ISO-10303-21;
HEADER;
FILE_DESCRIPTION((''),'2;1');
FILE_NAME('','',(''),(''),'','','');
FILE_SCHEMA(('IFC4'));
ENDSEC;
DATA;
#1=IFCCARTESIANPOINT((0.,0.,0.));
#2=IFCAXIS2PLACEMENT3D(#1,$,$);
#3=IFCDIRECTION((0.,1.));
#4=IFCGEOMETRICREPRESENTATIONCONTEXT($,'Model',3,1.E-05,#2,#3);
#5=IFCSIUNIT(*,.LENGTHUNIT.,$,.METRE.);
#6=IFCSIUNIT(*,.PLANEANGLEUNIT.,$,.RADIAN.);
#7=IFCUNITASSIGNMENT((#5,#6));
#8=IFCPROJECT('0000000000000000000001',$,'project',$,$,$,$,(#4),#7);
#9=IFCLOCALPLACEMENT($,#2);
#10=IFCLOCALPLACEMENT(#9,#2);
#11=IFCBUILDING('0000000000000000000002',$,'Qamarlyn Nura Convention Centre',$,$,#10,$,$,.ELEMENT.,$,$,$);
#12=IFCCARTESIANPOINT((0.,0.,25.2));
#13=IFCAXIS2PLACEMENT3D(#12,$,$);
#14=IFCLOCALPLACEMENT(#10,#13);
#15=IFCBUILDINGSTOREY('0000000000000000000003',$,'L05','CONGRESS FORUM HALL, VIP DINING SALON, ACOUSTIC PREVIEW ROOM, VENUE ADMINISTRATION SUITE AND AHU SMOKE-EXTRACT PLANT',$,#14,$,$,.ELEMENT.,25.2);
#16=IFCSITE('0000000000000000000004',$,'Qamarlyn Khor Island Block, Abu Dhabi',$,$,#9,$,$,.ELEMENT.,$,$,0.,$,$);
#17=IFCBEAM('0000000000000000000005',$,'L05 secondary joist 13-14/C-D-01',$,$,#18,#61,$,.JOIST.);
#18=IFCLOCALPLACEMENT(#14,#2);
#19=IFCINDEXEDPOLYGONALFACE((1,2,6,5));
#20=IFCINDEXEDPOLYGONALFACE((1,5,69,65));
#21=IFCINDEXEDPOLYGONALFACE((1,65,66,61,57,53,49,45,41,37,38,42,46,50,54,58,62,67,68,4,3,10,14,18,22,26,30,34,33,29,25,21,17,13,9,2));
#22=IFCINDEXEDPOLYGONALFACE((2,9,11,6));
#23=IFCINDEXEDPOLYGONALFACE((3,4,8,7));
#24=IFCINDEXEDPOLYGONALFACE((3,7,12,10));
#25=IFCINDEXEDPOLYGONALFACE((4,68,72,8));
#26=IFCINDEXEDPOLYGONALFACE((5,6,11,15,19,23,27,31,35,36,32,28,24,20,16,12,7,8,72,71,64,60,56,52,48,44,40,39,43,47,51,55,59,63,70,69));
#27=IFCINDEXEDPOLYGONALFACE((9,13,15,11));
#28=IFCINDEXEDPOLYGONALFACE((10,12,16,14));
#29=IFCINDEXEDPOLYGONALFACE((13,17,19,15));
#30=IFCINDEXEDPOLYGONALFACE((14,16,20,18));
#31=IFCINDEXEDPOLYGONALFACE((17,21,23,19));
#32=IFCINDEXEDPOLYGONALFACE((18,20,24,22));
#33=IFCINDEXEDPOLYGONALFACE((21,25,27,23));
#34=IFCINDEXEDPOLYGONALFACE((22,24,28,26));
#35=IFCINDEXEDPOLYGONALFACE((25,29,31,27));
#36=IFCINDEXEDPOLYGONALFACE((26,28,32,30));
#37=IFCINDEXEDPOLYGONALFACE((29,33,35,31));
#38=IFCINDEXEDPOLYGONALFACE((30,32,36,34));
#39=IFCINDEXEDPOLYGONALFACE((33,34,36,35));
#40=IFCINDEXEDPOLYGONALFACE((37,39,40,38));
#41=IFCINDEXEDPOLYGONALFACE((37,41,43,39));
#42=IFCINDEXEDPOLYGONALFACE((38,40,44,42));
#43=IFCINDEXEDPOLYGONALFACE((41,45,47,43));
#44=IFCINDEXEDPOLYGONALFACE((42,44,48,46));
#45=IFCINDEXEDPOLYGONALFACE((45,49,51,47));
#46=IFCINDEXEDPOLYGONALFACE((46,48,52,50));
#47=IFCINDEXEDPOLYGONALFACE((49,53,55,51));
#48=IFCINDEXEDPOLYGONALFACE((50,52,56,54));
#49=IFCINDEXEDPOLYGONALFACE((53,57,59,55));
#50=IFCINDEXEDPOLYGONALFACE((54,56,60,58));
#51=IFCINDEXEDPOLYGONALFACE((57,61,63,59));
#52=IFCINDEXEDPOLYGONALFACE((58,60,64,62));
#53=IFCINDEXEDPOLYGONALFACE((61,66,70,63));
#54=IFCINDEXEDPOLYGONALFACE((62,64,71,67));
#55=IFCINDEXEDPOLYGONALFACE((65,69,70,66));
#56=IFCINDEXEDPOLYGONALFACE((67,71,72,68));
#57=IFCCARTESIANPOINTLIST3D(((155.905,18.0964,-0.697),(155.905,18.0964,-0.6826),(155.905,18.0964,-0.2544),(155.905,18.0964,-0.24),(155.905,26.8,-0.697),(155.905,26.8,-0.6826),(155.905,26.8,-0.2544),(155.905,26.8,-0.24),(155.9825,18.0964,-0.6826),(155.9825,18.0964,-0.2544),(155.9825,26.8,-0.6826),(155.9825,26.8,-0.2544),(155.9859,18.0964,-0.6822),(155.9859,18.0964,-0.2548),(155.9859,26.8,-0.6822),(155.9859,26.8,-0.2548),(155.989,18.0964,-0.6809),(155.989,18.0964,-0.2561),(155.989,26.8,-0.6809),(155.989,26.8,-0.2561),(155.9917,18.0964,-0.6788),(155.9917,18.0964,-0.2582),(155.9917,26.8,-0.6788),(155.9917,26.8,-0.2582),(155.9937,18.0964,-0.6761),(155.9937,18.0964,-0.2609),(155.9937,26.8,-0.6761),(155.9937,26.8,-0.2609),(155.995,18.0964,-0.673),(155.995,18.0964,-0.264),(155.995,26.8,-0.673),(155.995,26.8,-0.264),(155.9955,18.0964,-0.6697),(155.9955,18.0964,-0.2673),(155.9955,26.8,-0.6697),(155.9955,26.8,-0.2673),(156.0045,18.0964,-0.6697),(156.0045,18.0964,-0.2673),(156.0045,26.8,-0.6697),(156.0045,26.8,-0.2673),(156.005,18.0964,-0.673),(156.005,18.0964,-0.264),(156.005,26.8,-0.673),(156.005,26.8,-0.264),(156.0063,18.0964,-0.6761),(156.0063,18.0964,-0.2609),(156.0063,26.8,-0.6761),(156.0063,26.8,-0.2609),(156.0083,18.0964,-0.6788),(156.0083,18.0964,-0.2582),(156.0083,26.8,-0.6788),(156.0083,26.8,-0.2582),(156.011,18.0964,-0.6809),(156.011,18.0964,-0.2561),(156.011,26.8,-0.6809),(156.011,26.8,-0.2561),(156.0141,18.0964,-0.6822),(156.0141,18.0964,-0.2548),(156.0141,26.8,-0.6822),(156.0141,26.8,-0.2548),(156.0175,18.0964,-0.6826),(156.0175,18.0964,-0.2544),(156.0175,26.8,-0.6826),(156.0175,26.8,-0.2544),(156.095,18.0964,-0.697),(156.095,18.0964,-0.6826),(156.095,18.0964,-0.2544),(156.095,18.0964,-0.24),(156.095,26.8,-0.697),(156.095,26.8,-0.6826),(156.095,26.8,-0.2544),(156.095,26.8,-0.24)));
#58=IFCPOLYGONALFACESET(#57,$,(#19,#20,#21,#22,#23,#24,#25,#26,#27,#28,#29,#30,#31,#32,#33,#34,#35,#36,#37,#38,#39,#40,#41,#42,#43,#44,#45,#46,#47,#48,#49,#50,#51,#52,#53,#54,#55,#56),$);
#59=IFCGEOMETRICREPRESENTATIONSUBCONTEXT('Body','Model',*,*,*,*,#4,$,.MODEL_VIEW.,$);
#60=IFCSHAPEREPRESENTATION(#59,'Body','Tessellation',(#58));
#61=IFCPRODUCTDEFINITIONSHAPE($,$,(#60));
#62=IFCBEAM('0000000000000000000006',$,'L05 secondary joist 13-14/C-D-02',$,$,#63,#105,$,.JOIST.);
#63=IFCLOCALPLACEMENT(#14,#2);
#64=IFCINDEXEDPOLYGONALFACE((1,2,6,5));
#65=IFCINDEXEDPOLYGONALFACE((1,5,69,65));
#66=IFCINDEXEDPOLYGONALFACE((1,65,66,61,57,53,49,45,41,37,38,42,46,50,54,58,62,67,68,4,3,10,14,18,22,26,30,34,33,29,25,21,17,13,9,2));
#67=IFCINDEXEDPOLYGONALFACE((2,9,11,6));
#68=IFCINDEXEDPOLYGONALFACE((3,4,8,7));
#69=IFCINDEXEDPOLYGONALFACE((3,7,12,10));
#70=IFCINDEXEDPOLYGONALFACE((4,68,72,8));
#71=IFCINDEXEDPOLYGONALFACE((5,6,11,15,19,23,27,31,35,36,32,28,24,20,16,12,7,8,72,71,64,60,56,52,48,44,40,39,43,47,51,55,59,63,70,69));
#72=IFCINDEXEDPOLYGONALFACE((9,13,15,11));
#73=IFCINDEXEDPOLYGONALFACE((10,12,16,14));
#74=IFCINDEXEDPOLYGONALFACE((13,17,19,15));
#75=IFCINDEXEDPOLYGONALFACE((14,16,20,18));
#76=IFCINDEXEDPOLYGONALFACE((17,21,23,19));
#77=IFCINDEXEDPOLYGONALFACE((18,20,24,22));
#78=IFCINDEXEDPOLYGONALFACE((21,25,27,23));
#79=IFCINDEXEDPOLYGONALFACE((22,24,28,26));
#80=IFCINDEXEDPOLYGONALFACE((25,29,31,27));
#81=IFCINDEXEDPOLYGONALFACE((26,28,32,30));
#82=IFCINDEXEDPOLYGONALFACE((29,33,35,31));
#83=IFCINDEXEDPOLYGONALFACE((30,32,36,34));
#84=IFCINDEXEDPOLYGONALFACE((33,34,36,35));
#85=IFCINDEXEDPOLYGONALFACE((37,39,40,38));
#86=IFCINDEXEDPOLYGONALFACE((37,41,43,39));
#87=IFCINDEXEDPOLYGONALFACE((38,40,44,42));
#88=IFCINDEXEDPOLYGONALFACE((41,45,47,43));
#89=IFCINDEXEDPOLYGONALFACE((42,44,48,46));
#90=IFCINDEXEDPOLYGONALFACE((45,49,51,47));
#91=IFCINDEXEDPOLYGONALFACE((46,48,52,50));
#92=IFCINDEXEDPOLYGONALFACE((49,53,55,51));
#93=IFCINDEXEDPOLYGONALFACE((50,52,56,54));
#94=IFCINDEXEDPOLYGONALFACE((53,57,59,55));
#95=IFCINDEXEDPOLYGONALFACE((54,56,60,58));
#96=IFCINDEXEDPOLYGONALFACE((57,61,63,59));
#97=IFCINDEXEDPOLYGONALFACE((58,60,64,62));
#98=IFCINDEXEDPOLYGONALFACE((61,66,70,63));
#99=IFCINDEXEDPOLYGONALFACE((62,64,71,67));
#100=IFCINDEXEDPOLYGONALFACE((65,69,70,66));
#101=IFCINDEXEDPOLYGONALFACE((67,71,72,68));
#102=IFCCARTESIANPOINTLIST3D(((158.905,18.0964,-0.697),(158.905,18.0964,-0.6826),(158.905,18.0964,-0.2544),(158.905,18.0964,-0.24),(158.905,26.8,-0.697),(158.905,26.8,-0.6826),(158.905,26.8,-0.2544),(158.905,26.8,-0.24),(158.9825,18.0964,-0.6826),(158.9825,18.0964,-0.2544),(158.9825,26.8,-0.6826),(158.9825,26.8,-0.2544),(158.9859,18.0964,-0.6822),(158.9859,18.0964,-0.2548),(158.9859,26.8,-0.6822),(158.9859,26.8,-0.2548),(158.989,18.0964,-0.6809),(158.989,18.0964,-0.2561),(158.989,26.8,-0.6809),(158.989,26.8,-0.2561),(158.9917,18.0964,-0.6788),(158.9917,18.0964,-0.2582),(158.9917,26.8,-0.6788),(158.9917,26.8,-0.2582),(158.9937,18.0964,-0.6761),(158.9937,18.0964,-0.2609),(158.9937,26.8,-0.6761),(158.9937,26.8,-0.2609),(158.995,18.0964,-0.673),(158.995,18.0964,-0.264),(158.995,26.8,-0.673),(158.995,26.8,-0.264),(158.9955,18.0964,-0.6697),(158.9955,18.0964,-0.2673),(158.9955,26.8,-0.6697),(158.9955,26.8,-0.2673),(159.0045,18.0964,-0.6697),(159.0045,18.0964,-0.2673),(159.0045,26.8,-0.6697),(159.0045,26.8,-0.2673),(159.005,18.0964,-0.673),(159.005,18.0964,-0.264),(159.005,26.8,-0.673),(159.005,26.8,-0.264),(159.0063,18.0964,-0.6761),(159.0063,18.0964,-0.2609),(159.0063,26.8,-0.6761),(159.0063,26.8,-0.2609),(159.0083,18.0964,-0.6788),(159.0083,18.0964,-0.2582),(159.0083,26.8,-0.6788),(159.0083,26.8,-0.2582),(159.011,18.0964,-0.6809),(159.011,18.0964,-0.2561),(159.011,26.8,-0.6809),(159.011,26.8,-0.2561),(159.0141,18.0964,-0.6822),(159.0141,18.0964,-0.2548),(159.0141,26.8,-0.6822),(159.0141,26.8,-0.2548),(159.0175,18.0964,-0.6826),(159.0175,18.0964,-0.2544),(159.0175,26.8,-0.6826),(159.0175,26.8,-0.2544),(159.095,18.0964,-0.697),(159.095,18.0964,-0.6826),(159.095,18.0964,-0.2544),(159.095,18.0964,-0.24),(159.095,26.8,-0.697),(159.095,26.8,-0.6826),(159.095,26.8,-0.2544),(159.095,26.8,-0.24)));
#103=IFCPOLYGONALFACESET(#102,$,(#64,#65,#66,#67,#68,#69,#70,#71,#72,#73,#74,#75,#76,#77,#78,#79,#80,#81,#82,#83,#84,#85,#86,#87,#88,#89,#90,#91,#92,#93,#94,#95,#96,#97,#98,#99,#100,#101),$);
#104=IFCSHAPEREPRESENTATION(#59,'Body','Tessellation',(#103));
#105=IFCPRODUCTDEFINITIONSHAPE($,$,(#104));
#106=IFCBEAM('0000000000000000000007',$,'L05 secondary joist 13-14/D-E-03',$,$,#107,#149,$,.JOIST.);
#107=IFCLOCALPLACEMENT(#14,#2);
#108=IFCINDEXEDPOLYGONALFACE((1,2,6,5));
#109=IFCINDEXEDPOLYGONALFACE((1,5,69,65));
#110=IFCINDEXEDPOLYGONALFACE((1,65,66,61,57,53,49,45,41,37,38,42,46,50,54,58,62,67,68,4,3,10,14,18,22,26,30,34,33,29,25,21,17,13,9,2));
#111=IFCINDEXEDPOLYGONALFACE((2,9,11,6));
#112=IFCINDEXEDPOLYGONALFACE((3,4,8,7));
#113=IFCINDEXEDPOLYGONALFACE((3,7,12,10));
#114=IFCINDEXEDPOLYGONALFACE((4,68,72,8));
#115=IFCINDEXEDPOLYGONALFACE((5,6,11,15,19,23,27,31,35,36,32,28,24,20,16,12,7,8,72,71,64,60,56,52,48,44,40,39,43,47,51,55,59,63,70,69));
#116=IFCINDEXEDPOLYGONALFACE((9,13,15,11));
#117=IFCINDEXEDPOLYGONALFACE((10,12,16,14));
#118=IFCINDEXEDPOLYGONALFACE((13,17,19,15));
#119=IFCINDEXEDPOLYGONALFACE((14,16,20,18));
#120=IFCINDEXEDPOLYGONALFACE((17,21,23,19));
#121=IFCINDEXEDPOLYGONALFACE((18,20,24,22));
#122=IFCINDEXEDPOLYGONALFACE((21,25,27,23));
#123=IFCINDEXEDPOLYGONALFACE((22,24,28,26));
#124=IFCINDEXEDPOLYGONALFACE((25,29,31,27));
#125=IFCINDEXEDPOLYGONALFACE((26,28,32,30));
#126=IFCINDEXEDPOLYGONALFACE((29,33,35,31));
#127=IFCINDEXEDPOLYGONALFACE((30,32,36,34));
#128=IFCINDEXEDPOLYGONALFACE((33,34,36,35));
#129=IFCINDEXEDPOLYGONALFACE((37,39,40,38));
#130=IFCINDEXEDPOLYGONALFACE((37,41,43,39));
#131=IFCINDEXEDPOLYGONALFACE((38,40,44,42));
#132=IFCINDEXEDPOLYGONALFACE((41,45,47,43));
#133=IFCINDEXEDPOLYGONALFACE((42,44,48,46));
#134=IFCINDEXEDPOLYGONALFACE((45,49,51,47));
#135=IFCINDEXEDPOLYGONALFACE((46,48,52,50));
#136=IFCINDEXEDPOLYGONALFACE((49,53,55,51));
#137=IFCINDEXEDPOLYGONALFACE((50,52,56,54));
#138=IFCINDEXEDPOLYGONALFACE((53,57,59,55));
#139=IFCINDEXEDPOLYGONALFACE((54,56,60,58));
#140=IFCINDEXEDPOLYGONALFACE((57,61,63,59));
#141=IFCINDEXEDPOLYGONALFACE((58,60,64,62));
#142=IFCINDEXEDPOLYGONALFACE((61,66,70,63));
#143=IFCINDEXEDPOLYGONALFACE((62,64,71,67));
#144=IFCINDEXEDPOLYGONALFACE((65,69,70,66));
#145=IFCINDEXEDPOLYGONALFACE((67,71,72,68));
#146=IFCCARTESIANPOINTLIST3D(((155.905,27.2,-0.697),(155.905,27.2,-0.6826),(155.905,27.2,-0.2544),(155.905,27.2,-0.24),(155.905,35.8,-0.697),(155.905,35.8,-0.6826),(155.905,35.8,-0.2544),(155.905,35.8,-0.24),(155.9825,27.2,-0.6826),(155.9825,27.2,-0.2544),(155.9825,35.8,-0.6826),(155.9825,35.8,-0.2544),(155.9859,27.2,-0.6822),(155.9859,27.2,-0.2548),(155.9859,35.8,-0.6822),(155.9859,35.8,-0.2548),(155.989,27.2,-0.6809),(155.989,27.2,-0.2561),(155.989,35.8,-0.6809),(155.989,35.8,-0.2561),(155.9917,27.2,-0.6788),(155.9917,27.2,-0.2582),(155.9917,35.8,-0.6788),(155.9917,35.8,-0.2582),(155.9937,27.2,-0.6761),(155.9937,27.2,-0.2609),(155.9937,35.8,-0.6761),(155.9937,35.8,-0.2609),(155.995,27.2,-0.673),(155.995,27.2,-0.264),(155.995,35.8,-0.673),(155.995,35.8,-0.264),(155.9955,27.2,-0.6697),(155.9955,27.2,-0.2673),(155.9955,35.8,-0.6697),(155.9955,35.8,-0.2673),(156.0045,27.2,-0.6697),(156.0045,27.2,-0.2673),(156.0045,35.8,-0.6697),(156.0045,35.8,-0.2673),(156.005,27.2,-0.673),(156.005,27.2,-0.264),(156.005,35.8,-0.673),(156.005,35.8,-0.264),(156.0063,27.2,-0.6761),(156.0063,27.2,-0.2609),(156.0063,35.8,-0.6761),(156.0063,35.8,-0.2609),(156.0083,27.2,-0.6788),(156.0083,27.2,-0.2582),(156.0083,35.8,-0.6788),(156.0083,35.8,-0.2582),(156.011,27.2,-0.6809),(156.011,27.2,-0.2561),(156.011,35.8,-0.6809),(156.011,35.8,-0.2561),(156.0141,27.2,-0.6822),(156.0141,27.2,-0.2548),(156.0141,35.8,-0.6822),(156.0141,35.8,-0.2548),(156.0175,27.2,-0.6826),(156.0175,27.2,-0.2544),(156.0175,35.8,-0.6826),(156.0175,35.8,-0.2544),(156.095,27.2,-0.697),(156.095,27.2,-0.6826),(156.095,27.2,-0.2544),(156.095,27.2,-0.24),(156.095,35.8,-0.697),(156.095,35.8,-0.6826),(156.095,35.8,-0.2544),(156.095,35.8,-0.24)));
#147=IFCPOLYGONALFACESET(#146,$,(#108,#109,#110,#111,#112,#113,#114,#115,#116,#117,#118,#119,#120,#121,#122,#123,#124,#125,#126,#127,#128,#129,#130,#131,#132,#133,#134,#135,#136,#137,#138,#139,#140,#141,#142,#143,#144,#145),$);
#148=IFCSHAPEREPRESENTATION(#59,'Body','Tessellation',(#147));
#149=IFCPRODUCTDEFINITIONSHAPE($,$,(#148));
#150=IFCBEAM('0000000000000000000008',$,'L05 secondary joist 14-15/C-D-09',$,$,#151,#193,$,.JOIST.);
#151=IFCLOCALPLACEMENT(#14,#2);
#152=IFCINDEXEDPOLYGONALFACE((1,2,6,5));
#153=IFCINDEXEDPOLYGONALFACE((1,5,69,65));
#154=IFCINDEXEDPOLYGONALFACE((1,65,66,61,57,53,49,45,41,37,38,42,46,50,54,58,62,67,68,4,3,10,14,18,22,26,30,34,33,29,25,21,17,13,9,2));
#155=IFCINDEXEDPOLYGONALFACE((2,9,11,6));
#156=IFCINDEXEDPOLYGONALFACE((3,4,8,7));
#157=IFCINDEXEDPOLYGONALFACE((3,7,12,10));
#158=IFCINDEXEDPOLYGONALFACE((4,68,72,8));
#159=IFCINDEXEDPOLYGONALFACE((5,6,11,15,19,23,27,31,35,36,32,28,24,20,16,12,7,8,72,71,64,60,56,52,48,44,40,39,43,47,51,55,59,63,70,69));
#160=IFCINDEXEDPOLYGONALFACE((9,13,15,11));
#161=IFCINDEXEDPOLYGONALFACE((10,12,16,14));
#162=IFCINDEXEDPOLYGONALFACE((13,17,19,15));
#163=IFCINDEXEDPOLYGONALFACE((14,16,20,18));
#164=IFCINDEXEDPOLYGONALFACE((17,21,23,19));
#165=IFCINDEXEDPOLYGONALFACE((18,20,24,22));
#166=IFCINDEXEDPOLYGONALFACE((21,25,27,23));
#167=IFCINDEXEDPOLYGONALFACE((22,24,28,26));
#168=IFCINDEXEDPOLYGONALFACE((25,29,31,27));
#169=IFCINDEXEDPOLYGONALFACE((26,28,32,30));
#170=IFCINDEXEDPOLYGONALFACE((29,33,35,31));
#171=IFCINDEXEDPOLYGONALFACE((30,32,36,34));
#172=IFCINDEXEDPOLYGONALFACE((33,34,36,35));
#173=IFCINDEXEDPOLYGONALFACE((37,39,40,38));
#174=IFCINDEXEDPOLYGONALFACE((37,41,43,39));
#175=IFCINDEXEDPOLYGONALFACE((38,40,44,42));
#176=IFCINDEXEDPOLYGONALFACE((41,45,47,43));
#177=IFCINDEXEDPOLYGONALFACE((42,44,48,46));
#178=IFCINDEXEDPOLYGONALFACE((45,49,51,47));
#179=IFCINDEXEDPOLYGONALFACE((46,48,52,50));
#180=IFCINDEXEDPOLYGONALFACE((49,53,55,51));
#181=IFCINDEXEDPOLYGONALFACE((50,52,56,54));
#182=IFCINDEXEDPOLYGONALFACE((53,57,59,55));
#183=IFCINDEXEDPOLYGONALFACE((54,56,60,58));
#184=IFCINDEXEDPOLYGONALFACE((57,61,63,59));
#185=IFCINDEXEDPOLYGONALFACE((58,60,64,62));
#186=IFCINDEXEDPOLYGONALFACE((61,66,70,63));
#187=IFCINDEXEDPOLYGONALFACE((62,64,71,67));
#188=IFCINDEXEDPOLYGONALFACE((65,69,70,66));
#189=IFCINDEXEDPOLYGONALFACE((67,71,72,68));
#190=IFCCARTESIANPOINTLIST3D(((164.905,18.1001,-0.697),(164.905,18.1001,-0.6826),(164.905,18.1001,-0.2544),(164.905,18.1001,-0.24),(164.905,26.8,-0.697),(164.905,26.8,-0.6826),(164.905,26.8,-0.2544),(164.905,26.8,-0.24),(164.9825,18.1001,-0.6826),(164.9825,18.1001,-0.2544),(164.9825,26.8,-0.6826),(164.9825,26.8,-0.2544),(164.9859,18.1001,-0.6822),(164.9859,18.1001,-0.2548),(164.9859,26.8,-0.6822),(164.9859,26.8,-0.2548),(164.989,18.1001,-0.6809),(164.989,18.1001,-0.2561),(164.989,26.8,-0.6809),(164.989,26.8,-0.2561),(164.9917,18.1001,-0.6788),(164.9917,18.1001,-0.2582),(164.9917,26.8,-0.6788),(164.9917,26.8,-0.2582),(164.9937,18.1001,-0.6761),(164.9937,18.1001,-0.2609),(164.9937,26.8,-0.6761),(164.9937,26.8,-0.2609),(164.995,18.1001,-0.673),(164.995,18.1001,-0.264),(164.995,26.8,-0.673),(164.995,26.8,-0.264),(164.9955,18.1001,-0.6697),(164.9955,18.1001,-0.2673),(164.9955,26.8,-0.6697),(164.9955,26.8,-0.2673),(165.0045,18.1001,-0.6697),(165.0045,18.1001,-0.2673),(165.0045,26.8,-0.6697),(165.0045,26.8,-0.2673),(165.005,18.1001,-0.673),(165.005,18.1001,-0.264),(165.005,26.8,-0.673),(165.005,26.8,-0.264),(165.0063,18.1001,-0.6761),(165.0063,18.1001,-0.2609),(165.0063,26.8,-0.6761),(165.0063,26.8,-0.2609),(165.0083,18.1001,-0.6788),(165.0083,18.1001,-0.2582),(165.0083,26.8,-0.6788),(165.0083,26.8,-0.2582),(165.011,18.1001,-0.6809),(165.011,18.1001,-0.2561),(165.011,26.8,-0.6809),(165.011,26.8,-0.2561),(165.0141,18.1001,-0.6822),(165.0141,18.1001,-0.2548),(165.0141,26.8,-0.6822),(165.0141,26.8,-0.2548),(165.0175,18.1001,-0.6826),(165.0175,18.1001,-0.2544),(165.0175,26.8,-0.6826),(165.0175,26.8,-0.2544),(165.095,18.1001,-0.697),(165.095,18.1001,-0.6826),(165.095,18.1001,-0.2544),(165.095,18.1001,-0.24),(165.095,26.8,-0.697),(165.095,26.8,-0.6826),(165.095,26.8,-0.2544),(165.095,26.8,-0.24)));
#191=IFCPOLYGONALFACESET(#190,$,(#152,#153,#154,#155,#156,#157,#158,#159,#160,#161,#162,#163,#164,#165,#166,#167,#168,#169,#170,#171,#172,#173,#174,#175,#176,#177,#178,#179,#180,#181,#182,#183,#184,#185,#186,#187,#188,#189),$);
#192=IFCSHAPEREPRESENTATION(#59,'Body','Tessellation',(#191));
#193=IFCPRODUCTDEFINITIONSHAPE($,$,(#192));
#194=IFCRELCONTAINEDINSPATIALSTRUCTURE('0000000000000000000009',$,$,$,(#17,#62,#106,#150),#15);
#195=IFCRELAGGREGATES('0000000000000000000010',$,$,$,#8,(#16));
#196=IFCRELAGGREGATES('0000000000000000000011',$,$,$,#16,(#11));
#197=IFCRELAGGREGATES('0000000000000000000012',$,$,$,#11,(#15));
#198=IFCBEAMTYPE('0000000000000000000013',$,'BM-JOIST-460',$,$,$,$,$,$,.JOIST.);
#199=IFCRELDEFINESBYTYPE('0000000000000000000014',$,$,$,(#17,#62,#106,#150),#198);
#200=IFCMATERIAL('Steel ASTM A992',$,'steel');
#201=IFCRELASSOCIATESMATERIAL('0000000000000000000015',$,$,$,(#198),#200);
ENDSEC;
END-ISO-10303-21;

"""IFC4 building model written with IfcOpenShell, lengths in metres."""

from ifc_helpers import new_model, si_unit, direction, frame, origin, origin_2d, place, context, subcontext, project, spatial, i_section, extrude, material, material_profile, profile_set, type_object, element, save


model = new_model("IFC4")

# Units and contexts
model_context = context("Model", 3, precision=1e-05, world=origin(), true_north=direction((0.0, 1.0)))
body_context = subcontext(model_context, "Body", "Model", "MODEL_VIEW")
ifc_project = project(units=[si_unit("LENGTHUNIT", "METRE"), si_unit("PLANEANGLEUNIT", "RADIAN")], contexts=[model_context])

# Site, building, storey
site_placement = place(None, origin())
site = spatial("IfcSite", under=ifc_project, at=site_placement, Name="Qamarlyn Khor Island Block, Abu Dhabi", CompositionType="ELEMENT", RefElevation=0.0)
building_placement = place(site_placement, origin())
building = spatial("IfcBuilding", under=site, at=building_placement, Name="Qamarlyn Nura Convention Centre", CompositionType="ELEMENT")
storey_placement = place(building_placement, frame((0.0, 0.0, 25.2)))
storey = spatial("IfcBuildingStorey", under=building, at=storey_placement, Name="L05", Description="CONGRESS FORUM HALL, VIP DINING SALON, ACOUSTIC PREVIEW ROOM, VENUE ADMINISTRATION SUITE AND AHU SMOKE-EXTRACT PLANT", CompositionType="ELEMENT", Elevation=25.2)

# Shared definitions
ifc_material_1 = material(Name="Steel ASTM A992", Category="steel")

# Beams
ifc_material_profile_1 = material_profile(ifc_material_1, i_section(OverallWidth=0.1899, OverallDepth=0.457, WebThickness=0.009, FlangeThickness=0.0144, FilletRadius=0.0129, at=origin_2d()), Name="W460X74")
ifc_profile_set_1 = profile_set([ifc_material_profile_1], Name="Steel ASTM A992")
beam_type_1 = type_object("IfcBeamType", Name="BM-JOIST-460", PredefinedType="JOIST", material=ifc_profile_set_1)
for number, where, z_axis, x_axis, name in (
    (1, (156.0, 18.0964, -0.4685), (0.0, 1.0, 0.0), (-1.0, 0.0, 0.0), "L05 secondary joist 13-14/C-D-01"),
    (2, (159.0, 18.0964, -0.4685), (0.0, 1.0, 0.0), (-1.0, 0.0, 0.0), "L05 secondary joist 13-14/C-D-02"),
):
    element("IfcBeam", number, at=place(storey_placement, frame(where, z_axis=z_axis, x_axis=x_axis)), inside=storey, type_object=beam_type_1, Name=name, PredefinedType="JOIST", context=body_context, shape_type="SweptSolid", body=[
        extrude(i_section(OverallWidth=0.1899, OverallDepth=0.457, WebThickness=0.009, FlangeThickness=0.0144, FilletRadius=0.0129, at=origin_2d()), origin(), (0.0, 0.0, 1.0), 8.7036),
    ])
beam_1_placement = place(storey_placement, frame((156.0, 27.2, -0.4685), z_axis=(0.0, 1.0, 0.0), x_axis=(-1.0, 0.0, 0.0)))
element("IfcBeam", 3, at=beam_1_placement, inside=storey, type_object=beam_type_1, Name="L05 secondary joist 13-14/D-E-03", PredefinedType="JOIST", context=body_context, shape_type="SweptSolid", body=[
    extrude(i_section(OverallWidth=0.1899, OverallDepth=0.457, WebThickness=0.009, FlangeThickness=0.0144, FilletRadius=0.0129, at=origin_2d()), origin(), (0.0, 0.0, 1.0), 8.6001),
])
for number, where, z_axis, x_axis, name in (
    (4, (165.0, 18.1001, -0.4685), (0.0, 1.0, 0.0), (-1.0, 0.0, 0.0), "L05 secondary joist 14-15/C-D-09"),
):
    element("IfcBeam", number, at=place(storey_placement, frame(where, z_axis=z_axis, x_axis=x_axis)), inside=storey, type_object=beam_type_1, Name=name, PredefinedType="JOIST", context=body_context, shape_type="SweptSolid", body=[
        extrude(i_section(OverallWidth=0.1899, OverallDepth=0.457, WebThickness=0.009, FlangeThickness=0.0144, FilletRadius=0.0129, at=origin_2d()), origin(), (0.0, 0.0, 1.0), 8.7),
    ])

save(model, "model.ifc")
